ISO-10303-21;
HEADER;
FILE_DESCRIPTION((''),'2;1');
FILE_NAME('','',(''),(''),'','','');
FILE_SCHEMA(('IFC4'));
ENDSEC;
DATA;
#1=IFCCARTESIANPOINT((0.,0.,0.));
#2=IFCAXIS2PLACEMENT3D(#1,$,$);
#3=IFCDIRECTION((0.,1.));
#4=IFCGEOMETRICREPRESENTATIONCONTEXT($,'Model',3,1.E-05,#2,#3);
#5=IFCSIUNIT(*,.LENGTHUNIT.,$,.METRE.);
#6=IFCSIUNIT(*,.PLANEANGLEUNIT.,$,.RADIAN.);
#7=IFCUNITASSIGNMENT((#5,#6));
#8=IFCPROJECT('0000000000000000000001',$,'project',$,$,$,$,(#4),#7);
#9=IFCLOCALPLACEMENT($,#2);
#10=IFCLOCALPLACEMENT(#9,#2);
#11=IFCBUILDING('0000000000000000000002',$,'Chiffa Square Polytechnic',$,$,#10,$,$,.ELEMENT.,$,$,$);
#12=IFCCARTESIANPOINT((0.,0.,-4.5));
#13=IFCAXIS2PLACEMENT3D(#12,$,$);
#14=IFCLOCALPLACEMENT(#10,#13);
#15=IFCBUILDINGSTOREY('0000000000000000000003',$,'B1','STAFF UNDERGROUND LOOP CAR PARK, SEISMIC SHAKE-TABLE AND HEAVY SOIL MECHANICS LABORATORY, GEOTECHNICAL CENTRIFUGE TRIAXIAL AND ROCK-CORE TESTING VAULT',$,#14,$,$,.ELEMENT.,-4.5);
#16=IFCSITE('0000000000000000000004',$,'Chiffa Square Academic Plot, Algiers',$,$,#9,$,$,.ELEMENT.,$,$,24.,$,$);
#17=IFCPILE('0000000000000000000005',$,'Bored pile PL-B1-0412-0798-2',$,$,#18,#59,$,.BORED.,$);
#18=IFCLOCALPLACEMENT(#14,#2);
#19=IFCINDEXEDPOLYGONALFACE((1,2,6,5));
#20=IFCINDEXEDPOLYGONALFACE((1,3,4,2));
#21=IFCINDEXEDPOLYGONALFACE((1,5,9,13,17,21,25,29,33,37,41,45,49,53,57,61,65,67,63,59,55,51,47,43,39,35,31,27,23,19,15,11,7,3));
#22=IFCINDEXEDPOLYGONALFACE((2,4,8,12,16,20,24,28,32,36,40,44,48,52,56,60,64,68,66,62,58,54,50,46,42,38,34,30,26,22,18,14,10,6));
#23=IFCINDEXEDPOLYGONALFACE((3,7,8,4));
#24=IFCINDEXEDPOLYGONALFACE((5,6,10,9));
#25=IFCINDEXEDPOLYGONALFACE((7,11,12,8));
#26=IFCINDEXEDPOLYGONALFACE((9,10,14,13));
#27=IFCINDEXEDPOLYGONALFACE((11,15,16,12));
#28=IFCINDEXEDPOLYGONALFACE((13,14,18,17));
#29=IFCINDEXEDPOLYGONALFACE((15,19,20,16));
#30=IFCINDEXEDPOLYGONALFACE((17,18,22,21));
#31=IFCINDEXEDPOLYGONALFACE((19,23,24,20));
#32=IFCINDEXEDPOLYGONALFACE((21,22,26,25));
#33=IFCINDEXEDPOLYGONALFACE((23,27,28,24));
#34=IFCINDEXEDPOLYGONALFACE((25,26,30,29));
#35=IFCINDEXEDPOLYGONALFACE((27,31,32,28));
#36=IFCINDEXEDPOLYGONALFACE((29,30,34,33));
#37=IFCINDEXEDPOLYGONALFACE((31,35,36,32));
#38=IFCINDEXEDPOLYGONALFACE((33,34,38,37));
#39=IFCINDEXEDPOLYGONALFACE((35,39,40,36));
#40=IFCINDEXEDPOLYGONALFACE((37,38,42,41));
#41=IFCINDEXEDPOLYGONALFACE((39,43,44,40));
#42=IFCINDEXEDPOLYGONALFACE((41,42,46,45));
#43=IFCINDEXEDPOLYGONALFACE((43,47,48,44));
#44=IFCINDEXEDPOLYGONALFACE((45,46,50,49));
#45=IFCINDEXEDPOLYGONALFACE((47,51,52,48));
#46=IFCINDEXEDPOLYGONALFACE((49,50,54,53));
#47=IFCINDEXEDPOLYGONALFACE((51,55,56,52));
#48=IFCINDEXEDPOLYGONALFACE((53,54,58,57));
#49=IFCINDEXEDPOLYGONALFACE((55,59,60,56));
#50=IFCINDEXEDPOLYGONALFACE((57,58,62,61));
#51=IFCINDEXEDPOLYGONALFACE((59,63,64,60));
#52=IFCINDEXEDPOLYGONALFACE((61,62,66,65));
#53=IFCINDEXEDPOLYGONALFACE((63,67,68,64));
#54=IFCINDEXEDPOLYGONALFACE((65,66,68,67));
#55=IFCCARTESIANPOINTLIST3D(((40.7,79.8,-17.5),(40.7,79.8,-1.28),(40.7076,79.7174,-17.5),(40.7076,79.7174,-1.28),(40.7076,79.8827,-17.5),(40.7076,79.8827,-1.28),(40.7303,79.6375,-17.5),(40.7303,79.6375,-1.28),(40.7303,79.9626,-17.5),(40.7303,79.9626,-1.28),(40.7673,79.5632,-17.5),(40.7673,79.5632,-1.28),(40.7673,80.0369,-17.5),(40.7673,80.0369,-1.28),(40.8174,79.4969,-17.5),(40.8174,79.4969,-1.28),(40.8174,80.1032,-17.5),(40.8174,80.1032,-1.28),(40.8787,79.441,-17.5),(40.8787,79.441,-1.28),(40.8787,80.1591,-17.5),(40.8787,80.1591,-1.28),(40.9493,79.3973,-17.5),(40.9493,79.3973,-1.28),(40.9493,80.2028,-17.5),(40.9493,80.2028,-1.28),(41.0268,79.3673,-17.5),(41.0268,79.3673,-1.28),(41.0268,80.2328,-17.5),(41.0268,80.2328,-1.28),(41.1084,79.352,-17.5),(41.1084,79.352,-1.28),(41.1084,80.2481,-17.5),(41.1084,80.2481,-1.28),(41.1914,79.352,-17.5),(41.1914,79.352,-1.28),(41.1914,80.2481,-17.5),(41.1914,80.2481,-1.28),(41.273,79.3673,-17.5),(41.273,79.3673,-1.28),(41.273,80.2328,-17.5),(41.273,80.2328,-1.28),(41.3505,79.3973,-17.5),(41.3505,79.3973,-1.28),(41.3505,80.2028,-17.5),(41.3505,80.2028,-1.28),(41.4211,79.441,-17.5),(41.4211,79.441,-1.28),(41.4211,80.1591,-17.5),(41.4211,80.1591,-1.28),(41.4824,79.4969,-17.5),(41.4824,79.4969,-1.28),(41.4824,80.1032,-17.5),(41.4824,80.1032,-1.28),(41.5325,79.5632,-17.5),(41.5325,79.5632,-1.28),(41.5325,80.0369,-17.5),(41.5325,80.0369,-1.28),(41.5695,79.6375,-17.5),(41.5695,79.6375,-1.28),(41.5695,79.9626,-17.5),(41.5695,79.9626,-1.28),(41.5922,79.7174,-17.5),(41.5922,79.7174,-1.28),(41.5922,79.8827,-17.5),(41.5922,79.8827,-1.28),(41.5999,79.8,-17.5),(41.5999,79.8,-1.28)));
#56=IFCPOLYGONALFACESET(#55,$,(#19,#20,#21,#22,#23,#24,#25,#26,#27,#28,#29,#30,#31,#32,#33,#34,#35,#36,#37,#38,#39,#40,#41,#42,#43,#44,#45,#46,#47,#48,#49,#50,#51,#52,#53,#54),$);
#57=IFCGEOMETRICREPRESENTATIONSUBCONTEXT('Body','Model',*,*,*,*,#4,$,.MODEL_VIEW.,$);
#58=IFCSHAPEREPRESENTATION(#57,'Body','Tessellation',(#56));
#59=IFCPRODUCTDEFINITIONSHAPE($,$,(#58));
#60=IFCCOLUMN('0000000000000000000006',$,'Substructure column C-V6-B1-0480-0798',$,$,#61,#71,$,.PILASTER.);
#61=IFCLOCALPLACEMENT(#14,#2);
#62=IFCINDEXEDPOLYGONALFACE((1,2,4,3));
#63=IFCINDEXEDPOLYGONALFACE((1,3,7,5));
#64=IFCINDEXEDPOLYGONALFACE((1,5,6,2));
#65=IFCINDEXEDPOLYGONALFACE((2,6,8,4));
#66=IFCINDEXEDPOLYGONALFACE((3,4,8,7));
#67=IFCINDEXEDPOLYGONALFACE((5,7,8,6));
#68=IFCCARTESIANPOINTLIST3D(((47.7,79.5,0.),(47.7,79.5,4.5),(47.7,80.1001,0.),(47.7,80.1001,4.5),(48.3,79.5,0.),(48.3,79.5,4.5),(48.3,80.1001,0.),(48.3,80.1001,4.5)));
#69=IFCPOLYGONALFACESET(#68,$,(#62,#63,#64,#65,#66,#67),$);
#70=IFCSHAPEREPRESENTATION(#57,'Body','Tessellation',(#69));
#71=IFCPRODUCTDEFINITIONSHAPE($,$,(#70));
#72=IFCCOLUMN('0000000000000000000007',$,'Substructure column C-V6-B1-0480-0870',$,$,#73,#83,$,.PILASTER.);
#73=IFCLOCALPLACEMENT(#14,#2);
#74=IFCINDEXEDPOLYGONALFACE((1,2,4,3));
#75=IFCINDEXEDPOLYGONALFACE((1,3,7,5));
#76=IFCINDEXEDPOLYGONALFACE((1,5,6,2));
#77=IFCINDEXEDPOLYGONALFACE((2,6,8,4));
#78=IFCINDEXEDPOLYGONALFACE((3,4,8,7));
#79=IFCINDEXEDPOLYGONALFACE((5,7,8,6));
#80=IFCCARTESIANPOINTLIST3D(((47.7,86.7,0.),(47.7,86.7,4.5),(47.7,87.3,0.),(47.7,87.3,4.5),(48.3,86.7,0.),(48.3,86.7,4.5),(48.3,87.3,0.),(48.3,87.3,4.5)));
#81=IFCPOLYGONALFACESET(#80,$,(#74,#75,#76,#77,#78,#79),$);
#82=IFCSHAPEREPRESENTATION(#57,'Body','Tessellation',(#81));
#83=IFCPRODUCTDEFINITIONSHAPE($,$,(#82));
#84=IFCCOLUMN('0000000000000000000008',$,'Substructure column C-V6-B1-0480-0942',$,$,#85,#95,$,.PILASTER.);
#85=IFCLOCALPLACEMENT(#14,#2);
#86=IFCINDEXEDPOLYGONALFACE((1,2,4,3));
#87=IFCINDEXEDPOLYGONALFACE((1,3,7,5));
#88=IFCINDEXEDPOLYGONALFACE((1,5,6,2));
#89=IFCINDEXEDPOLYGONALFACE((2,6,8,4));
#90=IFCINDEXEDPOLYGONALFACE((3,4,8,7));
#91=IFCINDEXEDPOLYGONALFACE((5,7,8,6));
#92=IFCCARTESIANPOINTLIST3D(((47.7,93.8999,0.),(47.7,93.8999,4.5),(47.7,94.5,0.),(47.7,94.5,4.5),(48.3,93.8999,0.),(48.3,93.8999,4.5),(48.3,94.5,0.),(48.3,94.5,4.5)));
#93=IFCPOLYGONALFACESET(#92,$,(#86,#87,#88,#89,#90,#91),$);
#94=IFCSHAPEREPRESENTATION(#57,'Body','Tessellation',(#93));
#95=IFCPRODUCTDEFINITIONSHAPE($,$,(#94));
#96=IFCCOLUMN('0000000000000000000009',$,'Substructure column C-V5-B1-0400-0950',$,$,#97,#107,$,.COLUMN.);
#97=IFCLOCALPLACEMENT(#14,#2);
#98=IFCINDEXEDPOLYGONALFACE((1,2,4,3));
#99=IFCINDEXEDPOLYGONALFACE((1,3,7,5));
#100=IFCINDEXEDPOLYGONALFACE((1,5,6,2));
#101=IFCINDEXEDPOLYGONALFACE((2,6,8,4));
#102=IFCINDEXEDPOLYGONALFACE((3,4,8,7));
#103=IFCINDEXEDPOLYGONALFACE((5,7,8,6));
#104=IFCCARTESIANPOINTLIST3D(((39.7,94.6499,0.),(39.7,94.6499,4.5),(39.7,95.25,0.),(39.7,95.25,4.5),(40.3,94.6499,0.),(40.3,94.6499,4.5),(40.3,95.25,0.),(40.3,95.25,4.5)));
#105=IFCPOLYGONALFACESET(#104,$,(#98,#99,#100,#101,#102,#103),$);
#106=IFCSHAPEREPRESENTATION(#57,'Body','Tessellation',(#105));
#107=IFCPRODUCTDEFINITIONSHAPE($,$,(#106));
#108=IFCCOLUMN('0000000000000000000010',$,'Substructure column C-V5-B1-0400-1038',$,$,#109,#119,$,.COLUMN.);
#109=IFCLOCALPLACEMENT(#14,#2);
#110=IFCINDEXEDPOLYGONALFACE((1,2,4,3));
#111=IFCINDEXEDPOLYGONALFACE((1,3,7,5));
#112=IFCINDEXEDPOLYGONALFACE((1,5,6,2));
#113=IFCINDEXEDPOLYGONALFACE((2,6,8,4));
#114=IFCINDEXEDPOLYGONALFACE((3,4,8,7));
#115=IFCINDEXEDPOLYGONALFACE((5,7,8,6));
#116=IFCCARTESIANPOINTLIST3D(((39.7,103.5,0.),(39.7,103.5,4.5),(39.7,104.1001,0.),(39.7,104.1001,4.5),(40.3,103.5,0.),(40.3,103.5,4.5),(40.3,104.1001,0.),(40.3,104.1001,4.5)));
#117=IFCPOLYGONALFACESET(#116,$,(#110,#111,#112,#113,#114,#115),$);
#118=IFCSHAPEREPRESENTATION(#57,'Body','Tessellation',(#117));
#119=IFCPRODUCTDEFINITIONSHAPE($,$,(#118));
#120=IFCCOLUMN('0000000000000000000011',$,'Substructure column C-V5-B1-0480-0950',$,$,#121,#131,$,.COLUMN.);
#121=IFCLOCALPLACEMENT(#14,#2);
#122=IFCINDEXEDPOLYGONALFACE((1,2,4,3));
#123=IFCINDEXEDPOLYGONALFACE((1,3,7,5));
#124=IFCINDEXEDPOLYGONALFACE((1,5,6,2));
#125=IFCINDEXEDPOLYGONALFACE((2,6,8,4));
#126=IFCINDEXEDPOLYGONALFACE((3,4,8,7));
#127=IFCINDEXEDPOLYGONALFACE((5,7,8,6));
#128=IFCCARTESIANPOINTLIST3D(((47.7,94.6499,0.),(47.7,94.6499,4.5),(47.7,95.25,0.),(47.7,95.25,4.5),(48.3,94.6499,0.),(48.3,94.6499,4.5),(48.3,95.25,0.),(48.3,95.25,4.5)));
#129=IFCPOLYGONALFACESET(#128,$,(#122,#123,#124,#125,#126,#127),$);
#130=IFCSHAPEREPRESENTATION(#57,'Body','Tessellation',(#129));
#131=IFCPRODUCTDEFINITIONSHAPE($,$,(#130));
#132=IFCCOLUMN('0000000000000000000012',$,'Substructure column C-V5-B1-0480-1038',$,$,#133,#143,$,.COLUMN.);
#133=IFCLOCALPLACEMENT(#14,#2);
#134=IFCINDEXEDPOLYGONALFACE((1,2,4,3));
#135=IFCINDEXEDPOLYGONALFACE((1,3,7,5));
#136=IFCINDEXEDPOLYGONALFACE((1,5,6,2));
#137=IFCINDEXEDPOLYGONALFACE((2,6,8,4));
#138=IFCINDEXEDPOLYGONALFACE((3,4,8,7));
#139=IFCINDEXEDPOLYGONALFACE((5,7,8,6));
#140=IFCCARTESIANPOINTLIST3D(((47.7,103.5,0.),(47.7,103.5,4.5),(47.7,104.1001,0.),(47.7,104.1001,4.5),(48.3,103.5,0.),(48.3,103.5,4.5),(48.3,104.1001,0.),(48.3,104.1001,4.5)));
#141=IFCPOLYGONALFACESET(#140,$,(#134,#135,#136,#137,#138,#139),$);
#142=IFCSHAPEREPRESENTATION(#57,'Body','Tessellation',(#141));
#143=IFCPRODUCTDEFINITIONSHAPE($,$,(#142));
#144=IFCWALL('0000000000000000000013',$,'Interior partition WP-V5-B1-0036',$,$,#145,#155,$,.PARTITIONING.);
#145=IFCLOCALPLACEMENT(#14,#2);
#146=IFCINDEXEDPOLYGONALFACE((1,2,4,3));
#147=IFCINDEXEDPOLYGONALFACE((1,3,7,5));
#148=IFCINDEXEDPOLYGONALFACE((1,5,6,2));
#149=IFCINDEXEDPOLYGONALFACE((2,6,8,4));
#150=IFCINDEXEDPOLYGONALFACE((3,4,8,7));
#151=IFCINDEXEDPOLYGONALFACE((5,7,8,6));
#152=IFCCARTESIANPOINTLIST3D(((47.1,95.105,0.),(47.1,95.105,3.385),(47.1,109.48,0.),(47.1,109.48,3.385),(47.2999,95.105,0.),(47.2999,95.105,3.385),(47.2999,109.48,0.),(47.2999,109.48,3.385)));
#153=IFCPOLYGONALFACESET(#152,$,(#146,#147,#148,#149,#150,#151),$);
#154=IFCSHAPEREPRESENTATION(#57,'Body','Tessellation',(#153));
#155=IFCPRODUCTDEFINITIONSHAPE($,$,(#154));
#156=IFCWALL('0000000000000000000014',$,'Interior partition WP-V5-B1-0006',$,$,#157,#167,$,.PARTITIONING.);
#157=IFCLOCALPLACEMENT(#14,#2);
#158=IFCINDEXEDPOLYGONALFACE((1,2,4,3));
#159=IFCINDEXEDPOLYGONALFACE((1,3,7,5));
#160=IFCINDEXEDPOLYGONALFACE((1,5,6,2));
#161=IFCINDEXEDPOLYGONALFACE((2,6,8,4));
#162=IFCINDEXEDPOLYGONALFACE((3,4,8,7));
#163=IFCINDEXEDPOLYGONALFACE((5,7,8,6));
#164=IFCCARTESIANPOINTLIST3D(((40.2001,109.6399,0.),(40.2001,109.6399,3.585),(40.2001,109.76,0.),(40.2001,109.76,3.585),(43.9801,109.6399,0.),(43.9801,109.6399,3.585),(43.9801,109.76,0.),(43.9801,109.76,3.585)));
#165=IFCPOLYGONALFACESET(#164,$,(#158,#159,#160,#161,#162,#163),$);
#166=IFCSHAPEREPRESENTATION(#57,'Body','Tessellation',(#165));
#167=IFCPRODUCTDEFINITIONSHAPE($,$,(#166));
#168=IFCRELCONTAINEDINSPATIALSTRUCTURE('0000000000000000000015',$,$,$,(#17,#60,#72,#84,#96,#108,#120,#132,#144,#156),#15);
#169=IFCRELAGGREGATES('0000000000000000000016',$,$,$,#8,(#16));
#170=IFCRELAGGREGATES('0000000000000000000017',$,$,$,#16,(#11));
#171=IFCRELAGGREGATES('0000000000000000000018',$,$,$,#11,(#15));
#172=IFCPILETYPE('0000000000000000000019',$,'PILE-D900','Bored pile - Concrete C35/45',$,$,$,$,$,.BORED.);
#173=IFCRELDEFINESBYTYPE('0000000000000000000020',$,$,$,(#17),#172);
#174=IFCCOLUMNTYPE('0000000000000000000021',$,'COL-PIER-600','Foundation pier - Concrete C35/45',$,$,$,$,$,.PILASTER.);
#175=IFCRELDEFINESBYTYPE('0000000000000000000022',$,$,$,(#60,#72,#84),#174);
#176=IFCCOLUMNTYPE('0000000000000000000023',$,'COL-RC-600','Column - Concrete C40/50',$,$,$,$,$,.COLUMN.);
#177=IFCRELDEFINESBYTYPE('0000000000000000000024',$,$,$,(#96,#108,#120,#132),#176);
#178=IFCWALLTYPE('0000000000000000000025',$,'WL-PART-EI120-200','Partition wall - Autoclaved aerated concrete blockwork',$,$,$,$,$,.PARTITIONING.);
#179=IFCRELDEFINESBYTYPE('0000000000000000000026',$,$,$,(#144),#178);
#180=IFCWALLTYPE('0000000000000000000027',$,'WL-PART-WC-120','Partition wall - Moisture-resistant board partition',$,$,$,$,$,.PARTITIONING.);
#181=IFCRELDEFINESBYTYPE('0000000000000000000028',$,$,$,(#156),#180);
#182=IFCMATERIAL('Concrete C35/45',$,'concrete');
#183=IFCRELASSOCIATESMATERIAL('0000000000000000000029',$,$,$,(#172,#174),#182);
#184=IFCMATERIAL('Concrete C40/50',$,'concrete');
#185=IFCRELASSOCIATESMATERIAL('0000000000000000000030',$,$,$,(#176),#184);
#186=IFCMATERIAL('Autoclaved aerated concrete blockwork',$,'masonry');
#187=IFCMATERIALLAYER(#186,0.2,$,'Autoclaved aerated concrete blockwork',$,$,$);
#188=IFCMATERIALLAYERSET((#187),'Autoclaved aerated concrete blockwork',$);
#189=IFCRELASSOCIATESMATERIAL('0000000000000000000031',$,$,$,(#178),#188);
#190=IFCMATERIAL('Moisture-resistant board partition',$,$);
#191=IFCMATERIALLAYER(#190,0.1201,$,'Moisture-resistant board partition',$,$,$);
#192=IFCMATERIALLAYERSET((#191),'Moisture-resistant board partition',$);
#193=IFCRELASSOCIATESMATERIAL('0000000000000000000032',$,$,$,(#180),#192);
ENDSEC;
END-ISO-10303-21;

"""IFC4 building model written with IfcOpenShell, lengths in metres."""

from ifc_helpers import new_model, si_unit, direction, frame, frame_2d, origin, origin_2d, place, context, subcontext, project, spatial, rectangle, circle, extrude, material, layer, layer_set, material_profile, profile_set, type_object, element, save


model = new_model("IFC4")

# Units and contexts
model_context = context("Model", 3, precision=1e-05, world=origin(), true_north=direction((0.0, 1.0)))
body_context = subcontext(model_context, "Body", "Model", "MODEL_VIEW")
ifc_project = project(units=[si_unit("LENGTHUNIT", "METRE"), si_unit("PLANEANGLEUNIT", "RADIAN")], contexts=[model_context])

# Site, building, storey
site_placement = place(None, origin())
site = spatial("IfcSite", under=ifc_project, at=site_placement, Name="Chiffa Square Academic Plot, Algiers", CompositionType="ELEMENT", RefElevation=24.0)
building_placement = place(site_placement, origin())
building = spatial("IfcBuilding", under=site, at=building_placement, Name="Chiffa Square Polytechnic", CompositionType="ELEMENT")
storey_placement = place(building_placement, frame((0.0, 0.0, -4.5)))
storey = spatial("IfcBuildingStorey", under=building, at=storey_placement, Name="B1", Description="STAFF UNDERGROUND LOOP CAR PARK, SEISMIC SHAKE-TABLE AND HEAVY SOIL MECHANICS LABORATORY, GEOTECHNICAL CENTRIFUGE TRIAXIAL AND ROCK-CORE TESTING VAULT", CompositionType="ELEMENT", Elevation=-4.5)

# Shared definitions
ifc_material_1 = material(Name="Concrete C35/45", Category="concrete")

# Pile
ifc_material_profile_1 = material_profile(ifc_material_1, circle(Radius=0.45, at=origin_2d()), Name="PILE D900")
ifc_profile_set_1 = profile_set([ifc_material_profile_1], Name="Concrete C35/45")
pile_type_1 = type_object("IfcPileType", Name="PILE-D900", Description="Bored pile - Concrete C35/45", PredefinedType="BORED", material=ifc_profile_set_1)
pile_1_placement = place(storey_placement, frame((41.1499, 79.8, -1.28), z_axis=(0.0, 0.0, -1.0), x_axis=(1.0, 0.0, 0.0)))
element("IfcPile", 1, at=pile_1_placement, inside=storey, type_object=pile_type_1, Name="Bored pile PL-B1-0412-0798-2", PredefinedType="BORED", context=body_context, shape_type="SweptSolid", body=[
    extrude(circle(Radius=0.45, at=origin_2d()), origin(), (0.0, 0.0, 1.0), 16.22),
])

# Columns
ifc_material_profile_2 = material_profile(ifc_material_1, rectangle(XDim=0.6001, YDim=0.6001, at=origin_2d()), Name="RC 600x600")
ifc_profile_set_2 = profile_set([ifc_material_profile_2], Name="Concrete C35/45")
column_type_1 = type_object("IfcColumnType", Name="COL-PIER-600", Description="Foundation pier - Concrete C35/45", PredefinedType="PILASTER", material=ifc_profile_set_2)
for number, where, z_axis, x_axis, name in (
    (2, (48.0, 79.8, 0.0), (0.0, 0.0, 1.0), (1.0, 0.0, 0.0), "Substructure column C-V6-B1-0480-0798"),
    (3, (48.0, 87.0, 0.0), (0.0, 0.0, 1.0), (1.0, 0.0, 0.0), "Substructure column C-V6-B1-0480-0870"),
    (4, (48.0, 94.2, 0.0), (0.0, 0.0, 1.0), (1.0, 0.0, 0.0), "Substructure column C-V6-B1-0480-0942"),
):
    element("IfcColumn", number, at=place(storey_placement, frame(where, z_axis=z_axis, x_axis=x_axis)), inside=storey, type_object=column_type_1, Name=name, PredefinedType="PILASTER", context=body_context, shape_type="SweptSolid", body=[
        extrude(rectangle(XDim=0.6001, YDim=0.6001, at=origin_2d()), origin(), (0.0, 0.0, 1.0), 4.5),
    ])
ifc_material_2 = material(Name="Concrete C40/50", Category="concrete")
ifc_material_profile_3 = material_profile(ifc_material_2, rectangle(XDim=0.6001, YDim=0.6001, at=origin_2d()), Name="RC 600x600")
ifc_profile_set_3 = profile_set([ifc_material_profile_3], Name="Concrete C40/50")
column_type_2 = type_object("IfcColumnType", Name="COL-RC-600", Description="Column - Concrete C40/50", PredefinedType="COLUMN", material=ifc_profile_set_3)
for number, where, z_axis, x_axis, name in (
    (5, (40.0, 94.95, 0.0), (0.0, 0.0, 1.0), (1.0, 0.0, 0.0), "Substructure column C-V5-B1-0400-0950"),
    (6, (40.0, 103.8, 0.0), (0.0, 0.0, 1.0), (1.0, 0.0, 0.0), "Substructure column C-V5-B1-0400-1038"),
    (7, (48.0, 94.95, 0.0), (0.0, 0.0, 1.0), (1.0, 0.0, 0.0), "Substructure column C-V5-B1-0480-0950"),
    (8, (48.0, 103.8, 0.0), (0.0, 0.0, 1.0), (1.0, 0.0, 0.0), "Substructure column C-V5-B1-0480-1038"),
):
    element("IfcColumn", number, at=place(storey_placement, frame(where, z_axis=z_axis, x_axis=x_axis)), inside=storey, type_object=column_type_2, Name=name, PredefinedType="COLUMN", context=body_context, shape_type="SweptSolid", body=[
        extrude(rectangle(XDim=0.6001, YDim=0.6001, at=origin_2d()), origin(), (0.0, 0.0, 1.0), 4.5),
    ])

# Walls
ifc_material_3 = material(Name="Autoclaved aerated concrete blockwork", Category="masonry")
ifc_layer_1 = layer(ifc_material_3, 0.2, Name="Autoclaved aerated concrete blockwork")
ifc_layer_set_1 = layer_set([ifc_layer_1], Name="Autoclaved aerated concrete blockwork")
wall_type_1 = type_object("IfcWallType", Name="WL-PART-EI120-200", Description="Partition wall - Autoclaved aerated concrete blockwork", PredefinedType="PARTITIONING", material=ifc_layer_set_1)
wall_1_placement = place(storey_placement, frame((47.2, 95.105, 0.0), z_axis=(0.0, 0.0, 1.0), x_axis=(0.0, 1.0, 0.0)))
element("IfcWall", 9, at=wall_1_placement, inside=storey, type_object=wall_type_1, Name="Interior partition WP-V5-B1-0036", PredefinedType="PARTITIONING", context=body_context, shape_type="SweptSolid", body=[
    extrude(rectangle(XDim=14.375, YDim=0.2, at=frame_2d((7.1875, 0.0))), origin(), (0.0, 0.0, 1.0), 3.385),
])
ifc_material_4 = material(Name="Moisture-resistant board partition")
ifc_layer_2 = layer(ifc_material_4, 0.1201, Name="Moisture-resistant board partition")
ifc_layer_set_2 = layer_set([ifc_layer_2], Name="Moisture-resistant board partition")
wall_type_2 = type_object("IfcWallType", Name="WL-PART-WC-120", Description="Partition wall - Moisture-resistant board partition", PredefinedType="PARTITIONING", material=ifc_layer_set_2)
wall_2_placement = place(storey_placement, frame((40.2, 109.7, 0.0), z_axis=(0.0, 0.0, 1.0), x_axis=(1.0, 0.0, 0.0)))
element("IfcWall", 10, at=wall_2_placement, inside=storey, type_object=wall_type_2, Name="Interior partition WP-V5-B1-0006", PredefinedType="PARTITIONING", context=body_context, shape_type="SweptSolid", body=[
    extrude(rectangle(XDim=3.78, YDim=0.1201, at=frame_2d((1.8901, 0.0))), origin(), (0.0, 0.0, 1.0), 3.585),
])

save(model, "model.ifc")
